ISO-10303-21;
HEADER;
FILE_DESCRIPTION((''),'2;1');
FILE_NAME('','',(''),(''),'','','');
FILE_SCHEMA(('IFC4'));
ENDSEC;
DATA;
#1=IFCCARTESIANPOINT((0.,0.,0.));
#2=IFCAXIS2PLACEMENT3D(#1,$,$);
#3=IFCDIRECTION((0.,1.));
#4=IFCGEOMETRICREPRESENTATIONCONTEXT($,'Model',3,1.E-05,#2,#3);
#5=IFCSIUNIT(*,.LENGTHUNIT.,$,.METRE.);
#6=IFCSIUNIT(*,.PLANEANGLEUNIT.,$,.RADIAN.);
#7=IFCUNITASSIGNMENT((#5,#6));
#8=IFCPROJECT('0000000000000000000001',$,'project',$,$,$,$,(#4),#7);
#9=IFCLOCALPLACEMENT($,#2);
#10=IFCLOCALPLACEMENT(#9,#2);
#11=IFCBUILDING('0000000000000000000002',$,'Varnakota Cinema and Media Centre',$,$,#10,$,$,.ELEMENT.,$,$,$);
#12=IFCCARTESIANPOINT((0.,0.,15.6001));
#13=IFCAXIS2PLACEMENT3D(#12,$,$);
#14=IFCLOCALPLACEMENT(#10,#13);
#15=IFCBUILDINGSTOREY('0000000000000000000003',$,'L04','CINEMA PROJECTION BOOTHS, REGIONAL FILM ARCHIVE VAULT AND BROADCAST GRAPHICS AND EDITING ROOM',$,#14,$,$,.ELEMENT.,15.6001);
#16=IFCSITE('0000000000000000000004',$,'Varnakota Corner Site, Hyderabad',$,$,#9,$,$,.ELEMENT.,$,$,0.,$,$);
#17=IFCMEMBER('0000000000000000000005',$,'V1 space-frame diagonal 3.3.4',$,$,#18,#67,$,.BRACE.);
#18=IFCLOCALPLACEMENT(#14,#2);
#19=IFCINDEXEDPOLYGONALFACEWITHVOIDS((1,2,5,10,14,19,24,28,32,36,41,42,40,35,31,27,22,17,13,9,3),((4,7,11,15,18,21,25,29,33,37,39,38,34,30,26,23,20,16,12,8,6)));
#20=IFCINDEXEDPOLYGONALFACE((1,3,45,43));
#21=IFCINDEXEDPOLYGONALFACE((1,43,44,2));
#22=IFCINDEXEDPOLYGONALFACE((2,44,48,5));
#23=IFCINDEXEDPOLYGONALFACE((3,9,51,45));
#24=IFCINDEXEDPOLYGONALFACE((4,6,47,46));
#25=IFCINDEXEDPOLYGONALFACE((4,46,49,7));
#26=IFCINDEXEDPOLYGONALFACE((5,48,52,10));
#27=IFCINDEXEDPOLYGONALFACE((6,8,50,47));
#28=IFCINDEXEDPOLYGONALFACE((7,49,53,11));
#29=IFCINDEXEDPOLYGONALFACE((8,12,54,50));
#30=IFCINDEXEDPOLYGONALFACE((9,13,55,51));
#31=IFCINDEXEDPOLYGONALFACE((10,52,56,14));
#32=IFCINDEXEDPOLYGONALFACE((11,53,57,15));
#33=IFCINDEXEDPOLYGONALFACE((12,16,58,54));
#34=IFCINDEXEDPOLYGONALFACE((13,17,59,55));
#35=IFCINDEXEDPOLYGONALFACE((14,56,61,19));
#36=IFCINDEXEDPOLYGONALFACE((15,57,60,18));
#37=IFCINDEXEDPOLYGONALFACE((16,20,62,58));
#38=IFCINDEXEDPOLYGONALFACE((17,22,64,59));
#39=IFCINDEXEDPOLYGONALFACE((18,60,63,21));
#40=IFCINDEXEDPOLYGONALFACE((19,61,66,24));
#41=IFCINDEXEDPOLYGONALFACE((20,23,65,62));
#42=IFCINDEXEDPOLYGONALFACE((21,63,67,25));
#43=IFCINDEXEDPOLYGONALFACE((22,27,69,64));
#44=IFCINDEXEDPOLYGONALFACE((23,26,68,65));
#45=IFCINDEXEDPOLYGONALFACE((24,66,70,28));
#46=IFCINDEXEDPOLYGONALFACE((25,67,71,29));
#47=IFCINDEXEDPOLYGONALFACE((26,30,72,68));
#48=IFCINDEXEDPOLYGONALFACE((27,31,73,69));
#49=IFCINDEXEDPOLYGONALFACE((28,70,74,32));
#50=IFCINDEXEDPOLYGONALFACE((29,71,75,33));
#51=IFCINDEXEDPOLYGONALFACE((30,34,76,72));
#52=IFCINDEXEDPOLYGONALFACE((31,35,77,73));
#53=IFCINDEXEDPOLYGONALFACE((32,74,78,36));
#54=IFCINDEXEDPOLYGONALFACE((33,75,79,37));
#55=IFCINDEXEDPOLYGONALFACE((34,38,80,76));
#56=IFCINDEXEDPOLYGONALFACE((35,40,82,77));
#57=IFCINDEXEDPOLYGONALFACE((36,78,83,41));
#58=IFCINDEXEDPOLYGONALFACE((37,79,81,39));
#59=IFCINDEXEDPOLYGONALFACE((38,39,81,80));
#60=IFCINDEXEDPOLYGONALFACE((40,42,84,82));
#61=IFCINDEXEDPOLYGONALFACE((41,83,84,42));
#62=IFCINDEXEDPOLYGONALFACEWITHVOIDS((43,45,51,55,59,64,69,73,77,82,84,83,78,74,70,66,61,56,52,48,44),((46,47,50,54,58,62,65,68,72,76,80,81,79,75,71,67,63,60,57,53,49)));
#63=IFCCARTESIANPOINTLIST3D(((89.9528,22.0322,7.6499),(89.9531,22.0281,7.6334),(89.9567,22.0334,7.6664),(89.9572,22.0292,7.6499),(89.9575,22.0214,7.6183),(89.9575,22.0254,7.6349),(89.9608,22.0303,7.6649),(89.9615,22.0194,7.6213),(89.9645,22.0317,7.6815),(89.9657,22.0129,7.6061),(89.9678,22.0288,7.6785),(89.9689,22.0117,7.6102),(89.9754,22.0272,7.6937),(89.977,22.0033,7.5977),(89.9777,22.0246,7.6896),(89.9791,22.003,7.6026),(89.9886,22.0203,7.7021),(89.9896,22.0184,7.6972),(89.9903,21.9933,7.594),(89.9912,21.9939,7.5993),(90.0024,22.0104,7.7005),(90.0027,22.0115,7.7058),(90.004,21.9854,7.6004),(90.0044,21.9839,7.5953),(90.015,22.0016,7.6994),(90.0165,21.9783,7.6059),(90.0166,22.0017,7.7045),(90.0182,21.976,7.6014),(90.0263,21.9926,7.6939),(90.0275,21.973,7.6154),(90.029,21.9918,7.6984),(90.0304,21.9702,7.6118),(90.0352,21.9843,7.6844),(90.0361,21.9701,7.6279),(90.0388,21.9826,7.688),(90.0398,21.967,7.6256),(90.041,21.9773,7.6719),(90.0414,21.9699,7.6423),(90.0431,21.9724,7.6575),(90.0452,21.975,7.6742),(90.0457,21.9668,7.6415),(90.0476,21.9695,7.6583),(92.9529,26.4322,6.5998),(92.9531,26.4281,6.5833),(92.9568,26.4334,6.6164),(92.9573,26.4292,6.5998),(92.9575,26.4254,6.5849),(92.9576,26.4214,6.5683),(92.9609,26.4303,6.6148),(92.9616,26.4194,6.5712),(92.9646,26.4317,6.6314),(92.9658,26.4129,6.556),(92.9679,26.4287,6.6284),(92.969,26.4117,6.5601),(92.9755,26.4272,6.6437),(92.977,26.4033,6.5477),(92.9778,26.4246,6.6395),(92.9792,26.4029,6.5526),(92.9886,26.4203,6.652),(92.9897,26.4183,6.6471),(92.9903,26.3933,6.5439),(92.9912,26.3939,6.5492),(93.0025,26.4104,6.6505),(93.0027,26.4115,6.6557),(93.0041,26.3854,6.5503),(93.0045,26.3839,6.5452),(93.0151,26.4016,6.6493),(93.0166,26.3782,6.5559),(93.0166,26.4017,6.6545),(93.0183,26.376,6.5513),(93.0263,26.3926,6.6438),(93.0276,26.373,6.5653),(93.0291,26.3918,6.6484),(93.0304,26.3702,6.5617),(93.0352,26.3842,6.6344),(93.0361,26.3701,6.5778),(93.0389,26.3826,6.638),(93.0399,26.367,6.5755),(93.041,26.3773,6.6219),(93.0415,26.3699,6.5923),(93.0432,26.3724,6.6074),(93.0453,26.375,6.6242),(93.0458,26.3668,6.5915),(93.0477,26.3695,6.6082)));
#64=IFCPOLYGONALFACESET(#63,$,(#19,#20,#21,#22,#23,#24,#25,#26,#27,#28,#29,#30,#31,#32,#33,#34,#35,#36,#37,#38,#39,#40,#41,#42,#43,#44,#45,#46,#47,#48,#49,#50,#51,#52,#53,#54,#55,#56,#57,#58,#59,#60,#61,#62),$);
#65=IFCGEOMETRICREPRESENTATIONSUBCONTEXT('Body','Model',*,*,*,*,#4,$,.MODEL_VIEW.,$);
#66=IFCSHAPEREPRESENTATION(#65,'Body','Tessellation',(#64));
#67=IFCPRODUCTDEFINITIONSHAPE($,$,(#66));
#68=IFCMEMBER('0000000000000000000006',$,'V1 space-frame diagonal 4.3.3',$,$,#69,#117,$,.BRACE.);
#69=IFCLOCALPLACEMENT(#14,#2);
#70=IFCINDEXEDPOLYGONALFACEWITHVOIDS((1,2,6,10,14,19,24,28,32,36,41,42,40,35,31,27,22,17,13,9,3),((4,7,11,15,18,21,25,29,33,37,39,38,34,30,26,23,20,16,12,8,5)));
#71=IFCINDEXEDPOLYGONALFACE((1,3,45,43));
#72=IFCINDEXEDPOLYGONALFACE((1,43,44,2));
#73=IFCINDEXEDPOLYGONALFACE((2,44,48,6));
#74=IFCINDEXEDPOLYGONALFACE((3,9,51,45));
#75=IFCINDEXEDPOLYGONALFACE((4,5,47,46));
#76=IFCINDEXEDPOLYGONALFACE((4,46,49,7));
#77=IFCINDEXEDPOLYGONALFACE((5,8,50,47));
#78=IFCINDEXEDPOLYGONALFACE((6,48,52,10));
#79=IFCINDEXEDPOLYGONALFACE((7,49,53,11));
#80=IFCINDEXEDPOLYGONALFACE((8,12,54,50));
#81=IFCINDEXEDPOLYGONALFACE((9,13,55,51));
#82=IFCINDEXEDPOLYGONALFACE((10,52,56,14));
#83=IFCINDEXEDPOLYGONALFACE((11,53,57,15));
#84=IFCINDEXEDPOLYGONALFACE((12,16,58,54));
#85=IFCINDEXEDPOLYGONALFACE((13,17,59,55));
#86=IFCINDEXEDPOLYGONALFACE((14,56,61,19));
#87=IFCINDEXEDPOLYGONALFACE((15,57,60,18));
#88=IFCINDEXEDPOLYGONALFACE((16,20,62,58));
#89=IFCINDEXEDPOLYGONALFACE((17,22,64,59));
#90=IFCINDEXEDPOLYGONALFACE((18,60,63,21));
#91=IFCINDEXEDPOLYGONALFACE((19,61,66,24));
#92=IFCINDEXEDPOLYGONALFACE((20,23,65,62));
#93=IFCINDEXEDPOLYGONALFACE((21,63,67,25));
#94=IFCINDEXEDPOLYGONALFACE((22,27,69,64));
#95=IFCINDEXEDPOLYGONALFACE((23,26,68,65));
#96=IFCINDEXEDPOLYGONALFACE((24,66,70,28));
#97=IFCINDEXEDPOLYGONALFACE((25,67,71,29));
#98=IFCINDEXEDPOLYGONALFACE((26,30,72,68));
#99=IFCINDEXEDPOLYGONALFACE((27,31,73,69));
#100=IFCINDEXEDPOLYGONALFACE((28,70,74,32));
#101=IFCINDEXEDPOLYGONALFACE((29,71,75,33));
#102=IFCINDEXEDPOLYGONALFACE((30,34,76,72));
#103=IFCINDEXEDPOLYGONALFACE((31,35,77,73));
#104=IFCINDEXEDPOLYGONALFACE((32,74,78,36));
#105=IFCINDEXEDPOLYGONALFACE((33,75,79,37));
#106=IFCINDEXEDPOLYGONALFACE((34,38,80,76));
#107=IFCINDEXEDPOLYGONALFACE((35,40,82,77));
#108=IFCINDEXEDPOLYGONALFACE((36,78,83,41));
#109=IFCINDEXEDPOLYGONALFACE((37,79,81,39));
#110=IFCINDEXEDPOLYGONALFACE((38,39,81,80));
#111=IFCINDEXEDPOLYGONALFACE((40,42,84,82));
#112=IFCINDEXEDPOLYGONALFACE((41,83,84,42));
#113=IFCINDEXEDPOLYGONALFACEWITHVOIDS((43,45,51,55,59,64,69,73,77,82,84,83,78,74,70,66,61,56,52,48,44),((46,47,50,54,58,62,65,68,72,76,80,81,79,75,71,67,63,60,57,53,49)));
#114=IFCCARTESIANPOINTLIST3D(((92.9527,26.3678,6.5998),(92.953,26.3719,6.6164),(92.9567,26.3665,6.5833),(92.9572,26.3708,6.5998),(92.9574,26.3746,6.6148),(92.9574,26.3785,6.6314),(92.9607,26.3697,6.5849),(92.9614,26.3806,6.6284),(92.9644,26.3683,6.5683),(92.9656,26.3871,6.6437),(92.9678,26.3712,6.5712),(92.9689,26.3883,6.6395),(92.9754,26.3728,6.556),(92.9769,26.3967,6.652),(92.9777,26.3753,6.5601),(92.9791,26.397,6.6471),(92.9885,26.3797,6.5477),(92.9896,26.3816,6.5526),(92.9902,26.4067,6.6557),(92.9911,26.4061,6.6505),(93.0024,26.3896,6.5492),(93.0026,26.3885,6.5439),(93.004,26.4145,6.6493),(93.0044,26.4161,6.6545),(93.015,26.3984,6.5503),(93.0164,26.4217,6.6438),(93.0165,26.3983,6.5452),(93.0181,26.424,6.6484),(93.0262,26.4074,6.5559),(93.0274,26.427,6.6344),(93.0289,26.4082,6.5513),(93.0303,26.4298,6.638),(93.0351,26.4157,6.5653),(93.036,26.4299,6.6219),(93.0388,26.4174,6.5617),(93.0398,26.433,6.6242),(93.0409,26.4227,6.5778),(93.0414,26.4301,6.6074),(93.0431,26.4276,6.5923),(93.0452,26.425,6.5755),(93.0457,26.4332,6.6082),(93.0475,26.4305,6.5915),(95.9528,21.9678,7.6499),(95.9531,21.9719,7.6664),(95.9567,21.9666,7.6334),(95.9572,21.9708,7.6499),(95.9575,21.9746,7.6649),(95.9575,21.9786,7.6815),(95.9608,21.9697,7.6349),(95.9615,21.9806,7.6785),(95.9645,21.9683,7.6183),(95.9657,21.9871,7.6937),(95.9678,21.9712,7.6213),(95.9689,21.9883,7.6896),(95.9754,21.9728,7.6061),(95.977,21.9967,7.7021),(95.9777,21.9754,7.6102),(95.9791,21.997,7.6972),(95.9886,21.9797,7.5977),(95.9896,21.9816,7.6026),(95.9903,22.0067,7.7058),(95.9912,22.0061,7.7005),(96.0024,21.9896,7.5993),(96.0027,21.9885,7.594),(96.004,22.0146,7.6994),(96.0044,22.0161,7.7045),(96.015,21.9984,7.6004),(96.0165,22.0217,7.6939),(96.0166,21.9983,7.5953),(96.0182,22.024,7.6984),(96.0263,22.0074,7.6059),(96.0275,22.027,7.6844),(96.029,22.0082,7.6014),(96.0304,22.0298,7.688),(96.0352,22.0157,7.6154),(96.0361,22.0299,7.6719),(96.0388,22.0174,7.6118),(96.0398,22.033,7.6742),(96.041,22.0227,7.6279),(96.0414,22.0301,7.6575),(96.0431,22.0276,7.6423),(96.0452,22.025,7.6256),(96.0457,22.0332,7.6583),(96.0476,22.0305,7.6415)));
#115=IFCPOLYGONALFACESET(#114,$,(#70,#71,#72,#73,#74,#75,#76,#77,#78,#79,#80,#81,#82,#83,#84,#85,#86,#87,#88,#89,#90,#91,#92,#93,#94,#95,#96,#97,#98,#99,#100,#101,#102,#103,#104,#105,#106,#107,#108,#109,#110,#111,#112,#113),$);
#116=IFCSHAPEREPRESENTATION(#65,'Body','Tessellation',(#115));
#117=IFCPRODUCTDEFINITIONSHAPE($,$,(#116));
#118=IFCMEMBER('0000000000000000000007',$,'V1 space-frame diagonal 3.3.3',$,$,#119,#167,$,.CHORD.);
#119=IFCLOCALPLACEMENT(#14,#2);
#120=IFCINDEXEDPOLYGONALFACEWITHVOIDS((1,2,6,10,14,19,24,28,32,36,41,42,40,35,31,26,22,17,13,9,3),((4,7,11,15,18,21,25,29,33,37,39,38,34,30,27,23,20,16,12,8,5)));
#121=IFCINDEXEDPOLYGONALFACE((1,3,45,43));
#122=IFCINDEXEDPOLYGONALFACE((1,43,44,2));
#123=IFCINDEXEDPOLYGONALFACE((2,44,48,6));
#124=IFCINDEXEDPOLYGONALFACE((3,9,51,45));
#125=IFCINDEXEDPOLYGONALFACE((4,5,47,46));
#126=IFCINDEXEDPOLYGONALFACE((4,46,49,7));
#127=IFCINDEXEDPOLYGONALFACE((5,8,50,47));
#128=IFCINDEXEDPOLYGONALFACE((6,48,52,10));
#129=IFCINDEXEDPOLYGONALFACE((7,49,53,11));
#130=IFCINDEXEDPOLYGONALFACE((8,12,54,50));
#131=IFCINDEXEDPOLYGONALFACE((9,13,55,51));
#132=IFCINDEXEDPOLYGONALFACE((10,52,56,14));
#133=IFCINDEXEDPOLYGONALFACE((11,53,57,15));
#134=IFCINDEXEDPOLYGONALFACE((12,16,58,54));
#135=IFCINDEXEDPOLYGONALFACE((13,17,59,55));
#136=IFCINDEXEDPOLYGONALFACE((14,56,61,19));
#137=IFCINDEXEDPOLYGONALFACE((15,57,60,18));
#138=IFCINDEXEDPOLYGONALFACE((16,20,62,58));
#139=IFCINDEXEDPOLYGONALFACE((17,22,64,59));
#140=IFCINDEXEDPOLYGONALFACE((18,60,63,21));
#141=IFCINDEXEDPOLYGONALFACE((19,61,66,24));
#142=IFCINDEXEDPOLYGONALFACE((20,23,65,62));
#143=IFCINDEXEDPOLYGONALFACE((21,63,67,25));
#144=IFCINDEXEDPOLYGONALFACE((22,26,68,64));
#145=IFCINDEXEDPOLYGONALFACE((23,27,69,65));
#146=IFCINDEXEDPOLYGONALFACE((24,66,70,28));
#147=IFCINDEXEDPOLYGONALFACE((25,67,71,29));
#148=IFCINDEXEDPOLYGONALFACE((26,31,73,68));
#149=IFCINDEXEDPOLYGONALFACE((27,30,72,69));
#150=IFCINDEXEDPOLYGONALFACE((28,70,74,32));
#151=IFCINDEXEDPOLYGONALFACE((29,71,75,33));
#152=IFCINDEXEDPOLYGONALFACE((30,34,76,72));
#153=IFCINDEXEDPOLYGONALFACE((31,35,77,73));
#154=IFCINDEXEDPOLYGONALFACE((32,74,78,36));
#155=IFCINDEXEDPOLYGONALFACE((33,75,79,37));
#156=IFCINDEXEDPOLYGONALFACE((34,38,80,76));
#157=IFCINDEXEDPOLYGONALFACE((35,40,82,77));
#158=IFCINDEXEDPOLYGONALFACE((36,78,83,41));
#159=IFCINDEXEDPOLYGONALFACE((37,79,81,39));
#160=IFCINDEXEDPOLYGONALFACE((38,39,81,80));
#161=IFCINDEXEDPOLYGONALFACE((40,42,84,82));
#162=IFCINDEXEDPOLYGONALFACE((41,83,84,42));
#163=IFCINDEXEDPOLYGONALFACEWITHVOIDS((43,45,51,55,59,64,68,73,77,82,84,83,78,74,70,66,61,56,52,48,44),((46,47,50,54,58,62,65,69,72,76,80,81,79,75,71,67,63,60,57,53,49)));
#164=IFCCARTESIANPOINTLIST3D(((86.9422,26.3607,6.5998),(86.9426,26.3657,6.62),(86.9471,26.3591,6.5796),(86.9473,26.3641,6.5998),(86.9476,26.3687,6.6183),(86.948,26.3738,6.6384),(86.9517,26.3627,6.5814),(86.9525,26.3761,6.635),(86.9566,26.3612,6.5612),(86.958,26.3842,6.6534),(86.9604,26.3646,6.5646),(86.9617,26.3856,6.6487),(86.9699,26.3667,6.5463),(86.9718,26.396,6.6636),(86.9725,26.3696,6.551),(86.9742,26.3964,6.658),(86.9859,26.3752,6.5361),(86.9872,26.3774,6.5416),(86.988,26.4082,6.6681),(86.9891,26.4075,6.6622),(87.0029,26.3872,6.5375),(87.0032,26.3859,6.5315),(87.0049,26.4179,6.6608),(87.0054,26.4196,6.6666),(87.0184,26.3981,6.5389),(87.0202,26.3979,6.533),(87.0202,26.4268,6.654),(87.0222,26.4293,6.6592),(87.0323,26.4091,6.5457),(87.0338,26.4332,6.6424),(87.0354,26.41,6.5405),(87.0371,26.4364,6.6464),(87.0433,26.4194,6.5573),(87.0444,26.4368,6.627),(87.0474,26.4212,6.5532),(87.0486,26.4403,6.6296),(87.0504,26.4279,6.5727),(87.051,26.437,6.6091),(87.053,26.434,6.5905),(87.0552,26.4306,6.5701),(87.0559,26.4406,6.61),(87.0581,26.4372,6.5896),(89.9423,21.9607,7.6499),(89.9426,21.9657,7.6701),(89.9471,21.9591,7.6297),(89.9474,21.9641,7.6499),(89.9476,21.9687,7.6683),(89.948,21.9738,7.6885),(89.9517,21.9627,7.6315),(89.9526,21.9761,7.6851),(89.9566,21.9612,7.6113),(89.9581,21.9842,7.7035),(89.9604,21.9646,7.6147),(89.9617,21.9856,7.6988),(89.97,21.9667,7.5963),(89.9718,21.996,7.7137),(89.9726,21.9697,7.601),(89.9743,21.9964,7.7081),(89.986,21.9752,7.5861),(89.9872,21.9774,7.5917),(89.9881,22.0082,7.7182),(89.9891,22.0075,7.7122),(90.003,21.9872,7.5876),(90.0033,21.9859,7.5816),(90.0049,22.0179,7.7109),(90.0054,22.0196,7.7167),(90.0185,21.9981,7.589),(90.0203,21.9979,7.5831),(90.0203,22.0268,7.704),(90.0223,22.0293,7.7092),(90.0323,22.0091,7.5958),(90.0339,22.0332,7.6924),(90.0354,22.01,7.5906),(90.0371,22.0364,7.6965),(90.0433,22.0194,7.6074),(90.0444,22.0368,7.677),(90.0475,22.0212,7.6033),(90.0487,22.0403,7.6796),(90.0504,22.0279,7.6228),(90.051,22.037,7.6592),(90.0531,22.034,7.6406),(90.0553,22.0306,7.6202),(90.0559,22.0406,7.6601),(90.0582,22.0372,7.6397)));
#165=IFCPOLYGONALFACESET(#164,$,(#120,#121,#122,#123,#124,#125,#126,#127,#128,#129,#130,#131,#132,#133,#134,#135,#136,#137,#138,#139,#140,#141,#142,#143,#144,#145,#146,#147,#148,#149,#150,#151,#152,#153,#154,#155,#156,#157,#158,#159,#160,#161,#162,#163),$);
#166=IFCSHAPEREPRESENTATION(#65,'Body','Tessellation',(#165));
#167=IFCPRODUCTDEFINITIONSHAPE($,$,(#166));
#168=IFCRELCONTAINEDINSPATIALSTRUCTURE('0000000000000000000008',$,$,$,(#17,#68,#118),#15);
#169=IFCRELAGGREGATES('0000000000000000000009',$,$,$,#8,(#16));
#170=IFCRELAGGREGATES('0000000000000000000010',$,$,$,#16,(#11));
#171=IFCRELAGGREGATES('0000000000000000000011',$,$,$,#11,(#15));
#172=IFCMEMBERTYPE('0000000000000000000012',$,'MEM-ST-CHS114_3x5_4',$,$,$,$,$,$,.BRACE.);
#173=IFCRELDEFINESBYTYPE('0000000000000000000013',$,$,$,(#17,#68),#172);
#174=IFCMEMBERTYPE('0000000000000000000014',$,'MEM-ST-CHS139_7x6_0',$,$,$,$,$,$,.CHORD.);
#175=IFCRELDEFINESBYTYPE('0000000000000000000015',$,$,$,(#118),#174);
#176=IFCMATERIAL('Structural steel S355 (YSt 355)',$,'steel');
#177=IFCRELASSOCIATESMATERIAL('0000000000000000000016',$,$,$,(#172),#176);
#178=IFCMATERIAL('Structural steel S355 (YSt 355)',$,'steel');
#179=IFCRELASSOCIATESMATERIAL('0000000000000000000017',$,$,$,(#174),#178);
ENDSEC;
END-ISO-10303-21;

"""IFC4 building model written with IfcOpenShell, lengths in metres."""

from ifc_helpers import new_model, si_unit, direction, frame, origin, origin_2d, place, context, subcontext, project, spatial, hollow_circle, extrude, material, material_profile, profile_set, type_object, element, save


model = new_model("IFC4")

# Units and contexts
model_context = context("Model", 3, precision=1e-05, world=origin(), true_north=direction((0.0, 1.0)))
body_context = subcontext(model_context, "Body", "Model", "MODEL_VIEW")
ifc_project = project(units=[si_unit("LENGTHUNIT", "METRE"), si_unit("PLANEANGLEUNIT", "RADIAN")], contexts=[model_context])

# Site, building, storey
site_placement = place(None, origin())
site = spatial("IfcSite", under=ifc_project, at=site_placement, Name="Varnakota Corner Site, Hyderabad", CompositionType="ELEMENT", RefElevation=0.0)
building_placement = place(site_placement, origin())
building = spatial("IfcBuilding", under=site, at=building_placement, Name="Varnakota Cinema and Media Centre", CompositionType="ELEMENT")
storey_placement = place(building_placement, frame((0.0, 0.0, 15.6001)))
storey = spatial("IfcBuildingStorey", under=building, at=storey_placement, Name="L04", Description="CINEMA PROJECTION BOOTHS, REGIONAL FILM ARCHIVE VAULT AND BROADCAST GRAPHICS AND EDITING ROOM", CompositionType="ELEMENT", Elevation=15.6001)

# Members
ifc_material_1 = material(Name="Structural steel S355 (YSt 355)", Category="steel")
ifc_material_profile_1 = material_profile(ifc_material_1, hollow_circle(Radius=0.0571, WallThickness=0.0054, at=origin_2d()), Name="CHS 114.3x5.4")
ifc_profile_set_1 = profile_set([ifc_material_profile_1], Name="Structural steel S355 (YSt 355)")
member_type_1 = type_object("IfcMemberType", Name="MEM-ST-CHS114_3x5_4", PredefinedType="BRACE", material=ifc_profile_set_1)
for number, where, z_axis, x_axis, name in (
    (1, (90.0, 22.0, 7.6499), (0.552703, 0.810613, -0.193455), (-0.826222, 0.563345, 0.0), "V1 space-frame diagonal 3.3.4"),
    (2, (96.0, 22.0, 7.6499), (-0.552703, 0.810613, -0.193455), (-0.826222, -0.563345, 0.0), "V1 space-frame diagonal 4.3.3"),
):
    element("IfcMember", number, at=place(storey_placement, frame(where, z_axis=z_axis, x_axis=x_axis)), inside=storey, type_object=member_type_1, Name=name, PredefinedType="BRACE", context=body_context, shape_type="SweptSolid", body=[
        extrude(hollow_circle(Radius=0.0571, WallThickness=0.0054, at=origin_2d()), origin(), (0.0, 0.0, 1.0), 5.428),
    ])
ifc_material_2 = material(Name="Structural steel S355 (YSt 355)", Category="steel")
ifc_material_profile_2 = material_profile(ifc_material_2, hollow_circle(Radius=0.0698, WallThickness=0.0061, at=origin_2d()), Name="CHS 139.7x6.0")
ifc_profile_set_2 = profile_set([ifc_material_profile_2], Name="Structural steel S355 (YSt 355)")
member_type_2 = type_object("IfcMemberType", Name="MEM-ST-CHS139_7x6_0", PredefinedType="CHORD", material=ifc_profile_set_2)
member_1_placement = place(storey_placement, frame((90.0, 22.0, 7.6499), z_axis=(-0.552703, 0.810613, -0.193455), x_axis=(-0.826222, -0.563345, 0.0)))
element("IfcMember", 3, at=member_1_placement, inside=storey, type_object=member_type_2, Name="V1 space-frame diagonal 3.3.3", PredefinedType="CHORD", context=body_context, shape_type="SweptSolid", body=[
    extrude(hollow_circle(Radius=0.0698, WallThickness=0.0061, at=origin_2d()), origin(), (0.0, 0.0, 1.0), 5.428),
])

save(model, "model.ifc")
